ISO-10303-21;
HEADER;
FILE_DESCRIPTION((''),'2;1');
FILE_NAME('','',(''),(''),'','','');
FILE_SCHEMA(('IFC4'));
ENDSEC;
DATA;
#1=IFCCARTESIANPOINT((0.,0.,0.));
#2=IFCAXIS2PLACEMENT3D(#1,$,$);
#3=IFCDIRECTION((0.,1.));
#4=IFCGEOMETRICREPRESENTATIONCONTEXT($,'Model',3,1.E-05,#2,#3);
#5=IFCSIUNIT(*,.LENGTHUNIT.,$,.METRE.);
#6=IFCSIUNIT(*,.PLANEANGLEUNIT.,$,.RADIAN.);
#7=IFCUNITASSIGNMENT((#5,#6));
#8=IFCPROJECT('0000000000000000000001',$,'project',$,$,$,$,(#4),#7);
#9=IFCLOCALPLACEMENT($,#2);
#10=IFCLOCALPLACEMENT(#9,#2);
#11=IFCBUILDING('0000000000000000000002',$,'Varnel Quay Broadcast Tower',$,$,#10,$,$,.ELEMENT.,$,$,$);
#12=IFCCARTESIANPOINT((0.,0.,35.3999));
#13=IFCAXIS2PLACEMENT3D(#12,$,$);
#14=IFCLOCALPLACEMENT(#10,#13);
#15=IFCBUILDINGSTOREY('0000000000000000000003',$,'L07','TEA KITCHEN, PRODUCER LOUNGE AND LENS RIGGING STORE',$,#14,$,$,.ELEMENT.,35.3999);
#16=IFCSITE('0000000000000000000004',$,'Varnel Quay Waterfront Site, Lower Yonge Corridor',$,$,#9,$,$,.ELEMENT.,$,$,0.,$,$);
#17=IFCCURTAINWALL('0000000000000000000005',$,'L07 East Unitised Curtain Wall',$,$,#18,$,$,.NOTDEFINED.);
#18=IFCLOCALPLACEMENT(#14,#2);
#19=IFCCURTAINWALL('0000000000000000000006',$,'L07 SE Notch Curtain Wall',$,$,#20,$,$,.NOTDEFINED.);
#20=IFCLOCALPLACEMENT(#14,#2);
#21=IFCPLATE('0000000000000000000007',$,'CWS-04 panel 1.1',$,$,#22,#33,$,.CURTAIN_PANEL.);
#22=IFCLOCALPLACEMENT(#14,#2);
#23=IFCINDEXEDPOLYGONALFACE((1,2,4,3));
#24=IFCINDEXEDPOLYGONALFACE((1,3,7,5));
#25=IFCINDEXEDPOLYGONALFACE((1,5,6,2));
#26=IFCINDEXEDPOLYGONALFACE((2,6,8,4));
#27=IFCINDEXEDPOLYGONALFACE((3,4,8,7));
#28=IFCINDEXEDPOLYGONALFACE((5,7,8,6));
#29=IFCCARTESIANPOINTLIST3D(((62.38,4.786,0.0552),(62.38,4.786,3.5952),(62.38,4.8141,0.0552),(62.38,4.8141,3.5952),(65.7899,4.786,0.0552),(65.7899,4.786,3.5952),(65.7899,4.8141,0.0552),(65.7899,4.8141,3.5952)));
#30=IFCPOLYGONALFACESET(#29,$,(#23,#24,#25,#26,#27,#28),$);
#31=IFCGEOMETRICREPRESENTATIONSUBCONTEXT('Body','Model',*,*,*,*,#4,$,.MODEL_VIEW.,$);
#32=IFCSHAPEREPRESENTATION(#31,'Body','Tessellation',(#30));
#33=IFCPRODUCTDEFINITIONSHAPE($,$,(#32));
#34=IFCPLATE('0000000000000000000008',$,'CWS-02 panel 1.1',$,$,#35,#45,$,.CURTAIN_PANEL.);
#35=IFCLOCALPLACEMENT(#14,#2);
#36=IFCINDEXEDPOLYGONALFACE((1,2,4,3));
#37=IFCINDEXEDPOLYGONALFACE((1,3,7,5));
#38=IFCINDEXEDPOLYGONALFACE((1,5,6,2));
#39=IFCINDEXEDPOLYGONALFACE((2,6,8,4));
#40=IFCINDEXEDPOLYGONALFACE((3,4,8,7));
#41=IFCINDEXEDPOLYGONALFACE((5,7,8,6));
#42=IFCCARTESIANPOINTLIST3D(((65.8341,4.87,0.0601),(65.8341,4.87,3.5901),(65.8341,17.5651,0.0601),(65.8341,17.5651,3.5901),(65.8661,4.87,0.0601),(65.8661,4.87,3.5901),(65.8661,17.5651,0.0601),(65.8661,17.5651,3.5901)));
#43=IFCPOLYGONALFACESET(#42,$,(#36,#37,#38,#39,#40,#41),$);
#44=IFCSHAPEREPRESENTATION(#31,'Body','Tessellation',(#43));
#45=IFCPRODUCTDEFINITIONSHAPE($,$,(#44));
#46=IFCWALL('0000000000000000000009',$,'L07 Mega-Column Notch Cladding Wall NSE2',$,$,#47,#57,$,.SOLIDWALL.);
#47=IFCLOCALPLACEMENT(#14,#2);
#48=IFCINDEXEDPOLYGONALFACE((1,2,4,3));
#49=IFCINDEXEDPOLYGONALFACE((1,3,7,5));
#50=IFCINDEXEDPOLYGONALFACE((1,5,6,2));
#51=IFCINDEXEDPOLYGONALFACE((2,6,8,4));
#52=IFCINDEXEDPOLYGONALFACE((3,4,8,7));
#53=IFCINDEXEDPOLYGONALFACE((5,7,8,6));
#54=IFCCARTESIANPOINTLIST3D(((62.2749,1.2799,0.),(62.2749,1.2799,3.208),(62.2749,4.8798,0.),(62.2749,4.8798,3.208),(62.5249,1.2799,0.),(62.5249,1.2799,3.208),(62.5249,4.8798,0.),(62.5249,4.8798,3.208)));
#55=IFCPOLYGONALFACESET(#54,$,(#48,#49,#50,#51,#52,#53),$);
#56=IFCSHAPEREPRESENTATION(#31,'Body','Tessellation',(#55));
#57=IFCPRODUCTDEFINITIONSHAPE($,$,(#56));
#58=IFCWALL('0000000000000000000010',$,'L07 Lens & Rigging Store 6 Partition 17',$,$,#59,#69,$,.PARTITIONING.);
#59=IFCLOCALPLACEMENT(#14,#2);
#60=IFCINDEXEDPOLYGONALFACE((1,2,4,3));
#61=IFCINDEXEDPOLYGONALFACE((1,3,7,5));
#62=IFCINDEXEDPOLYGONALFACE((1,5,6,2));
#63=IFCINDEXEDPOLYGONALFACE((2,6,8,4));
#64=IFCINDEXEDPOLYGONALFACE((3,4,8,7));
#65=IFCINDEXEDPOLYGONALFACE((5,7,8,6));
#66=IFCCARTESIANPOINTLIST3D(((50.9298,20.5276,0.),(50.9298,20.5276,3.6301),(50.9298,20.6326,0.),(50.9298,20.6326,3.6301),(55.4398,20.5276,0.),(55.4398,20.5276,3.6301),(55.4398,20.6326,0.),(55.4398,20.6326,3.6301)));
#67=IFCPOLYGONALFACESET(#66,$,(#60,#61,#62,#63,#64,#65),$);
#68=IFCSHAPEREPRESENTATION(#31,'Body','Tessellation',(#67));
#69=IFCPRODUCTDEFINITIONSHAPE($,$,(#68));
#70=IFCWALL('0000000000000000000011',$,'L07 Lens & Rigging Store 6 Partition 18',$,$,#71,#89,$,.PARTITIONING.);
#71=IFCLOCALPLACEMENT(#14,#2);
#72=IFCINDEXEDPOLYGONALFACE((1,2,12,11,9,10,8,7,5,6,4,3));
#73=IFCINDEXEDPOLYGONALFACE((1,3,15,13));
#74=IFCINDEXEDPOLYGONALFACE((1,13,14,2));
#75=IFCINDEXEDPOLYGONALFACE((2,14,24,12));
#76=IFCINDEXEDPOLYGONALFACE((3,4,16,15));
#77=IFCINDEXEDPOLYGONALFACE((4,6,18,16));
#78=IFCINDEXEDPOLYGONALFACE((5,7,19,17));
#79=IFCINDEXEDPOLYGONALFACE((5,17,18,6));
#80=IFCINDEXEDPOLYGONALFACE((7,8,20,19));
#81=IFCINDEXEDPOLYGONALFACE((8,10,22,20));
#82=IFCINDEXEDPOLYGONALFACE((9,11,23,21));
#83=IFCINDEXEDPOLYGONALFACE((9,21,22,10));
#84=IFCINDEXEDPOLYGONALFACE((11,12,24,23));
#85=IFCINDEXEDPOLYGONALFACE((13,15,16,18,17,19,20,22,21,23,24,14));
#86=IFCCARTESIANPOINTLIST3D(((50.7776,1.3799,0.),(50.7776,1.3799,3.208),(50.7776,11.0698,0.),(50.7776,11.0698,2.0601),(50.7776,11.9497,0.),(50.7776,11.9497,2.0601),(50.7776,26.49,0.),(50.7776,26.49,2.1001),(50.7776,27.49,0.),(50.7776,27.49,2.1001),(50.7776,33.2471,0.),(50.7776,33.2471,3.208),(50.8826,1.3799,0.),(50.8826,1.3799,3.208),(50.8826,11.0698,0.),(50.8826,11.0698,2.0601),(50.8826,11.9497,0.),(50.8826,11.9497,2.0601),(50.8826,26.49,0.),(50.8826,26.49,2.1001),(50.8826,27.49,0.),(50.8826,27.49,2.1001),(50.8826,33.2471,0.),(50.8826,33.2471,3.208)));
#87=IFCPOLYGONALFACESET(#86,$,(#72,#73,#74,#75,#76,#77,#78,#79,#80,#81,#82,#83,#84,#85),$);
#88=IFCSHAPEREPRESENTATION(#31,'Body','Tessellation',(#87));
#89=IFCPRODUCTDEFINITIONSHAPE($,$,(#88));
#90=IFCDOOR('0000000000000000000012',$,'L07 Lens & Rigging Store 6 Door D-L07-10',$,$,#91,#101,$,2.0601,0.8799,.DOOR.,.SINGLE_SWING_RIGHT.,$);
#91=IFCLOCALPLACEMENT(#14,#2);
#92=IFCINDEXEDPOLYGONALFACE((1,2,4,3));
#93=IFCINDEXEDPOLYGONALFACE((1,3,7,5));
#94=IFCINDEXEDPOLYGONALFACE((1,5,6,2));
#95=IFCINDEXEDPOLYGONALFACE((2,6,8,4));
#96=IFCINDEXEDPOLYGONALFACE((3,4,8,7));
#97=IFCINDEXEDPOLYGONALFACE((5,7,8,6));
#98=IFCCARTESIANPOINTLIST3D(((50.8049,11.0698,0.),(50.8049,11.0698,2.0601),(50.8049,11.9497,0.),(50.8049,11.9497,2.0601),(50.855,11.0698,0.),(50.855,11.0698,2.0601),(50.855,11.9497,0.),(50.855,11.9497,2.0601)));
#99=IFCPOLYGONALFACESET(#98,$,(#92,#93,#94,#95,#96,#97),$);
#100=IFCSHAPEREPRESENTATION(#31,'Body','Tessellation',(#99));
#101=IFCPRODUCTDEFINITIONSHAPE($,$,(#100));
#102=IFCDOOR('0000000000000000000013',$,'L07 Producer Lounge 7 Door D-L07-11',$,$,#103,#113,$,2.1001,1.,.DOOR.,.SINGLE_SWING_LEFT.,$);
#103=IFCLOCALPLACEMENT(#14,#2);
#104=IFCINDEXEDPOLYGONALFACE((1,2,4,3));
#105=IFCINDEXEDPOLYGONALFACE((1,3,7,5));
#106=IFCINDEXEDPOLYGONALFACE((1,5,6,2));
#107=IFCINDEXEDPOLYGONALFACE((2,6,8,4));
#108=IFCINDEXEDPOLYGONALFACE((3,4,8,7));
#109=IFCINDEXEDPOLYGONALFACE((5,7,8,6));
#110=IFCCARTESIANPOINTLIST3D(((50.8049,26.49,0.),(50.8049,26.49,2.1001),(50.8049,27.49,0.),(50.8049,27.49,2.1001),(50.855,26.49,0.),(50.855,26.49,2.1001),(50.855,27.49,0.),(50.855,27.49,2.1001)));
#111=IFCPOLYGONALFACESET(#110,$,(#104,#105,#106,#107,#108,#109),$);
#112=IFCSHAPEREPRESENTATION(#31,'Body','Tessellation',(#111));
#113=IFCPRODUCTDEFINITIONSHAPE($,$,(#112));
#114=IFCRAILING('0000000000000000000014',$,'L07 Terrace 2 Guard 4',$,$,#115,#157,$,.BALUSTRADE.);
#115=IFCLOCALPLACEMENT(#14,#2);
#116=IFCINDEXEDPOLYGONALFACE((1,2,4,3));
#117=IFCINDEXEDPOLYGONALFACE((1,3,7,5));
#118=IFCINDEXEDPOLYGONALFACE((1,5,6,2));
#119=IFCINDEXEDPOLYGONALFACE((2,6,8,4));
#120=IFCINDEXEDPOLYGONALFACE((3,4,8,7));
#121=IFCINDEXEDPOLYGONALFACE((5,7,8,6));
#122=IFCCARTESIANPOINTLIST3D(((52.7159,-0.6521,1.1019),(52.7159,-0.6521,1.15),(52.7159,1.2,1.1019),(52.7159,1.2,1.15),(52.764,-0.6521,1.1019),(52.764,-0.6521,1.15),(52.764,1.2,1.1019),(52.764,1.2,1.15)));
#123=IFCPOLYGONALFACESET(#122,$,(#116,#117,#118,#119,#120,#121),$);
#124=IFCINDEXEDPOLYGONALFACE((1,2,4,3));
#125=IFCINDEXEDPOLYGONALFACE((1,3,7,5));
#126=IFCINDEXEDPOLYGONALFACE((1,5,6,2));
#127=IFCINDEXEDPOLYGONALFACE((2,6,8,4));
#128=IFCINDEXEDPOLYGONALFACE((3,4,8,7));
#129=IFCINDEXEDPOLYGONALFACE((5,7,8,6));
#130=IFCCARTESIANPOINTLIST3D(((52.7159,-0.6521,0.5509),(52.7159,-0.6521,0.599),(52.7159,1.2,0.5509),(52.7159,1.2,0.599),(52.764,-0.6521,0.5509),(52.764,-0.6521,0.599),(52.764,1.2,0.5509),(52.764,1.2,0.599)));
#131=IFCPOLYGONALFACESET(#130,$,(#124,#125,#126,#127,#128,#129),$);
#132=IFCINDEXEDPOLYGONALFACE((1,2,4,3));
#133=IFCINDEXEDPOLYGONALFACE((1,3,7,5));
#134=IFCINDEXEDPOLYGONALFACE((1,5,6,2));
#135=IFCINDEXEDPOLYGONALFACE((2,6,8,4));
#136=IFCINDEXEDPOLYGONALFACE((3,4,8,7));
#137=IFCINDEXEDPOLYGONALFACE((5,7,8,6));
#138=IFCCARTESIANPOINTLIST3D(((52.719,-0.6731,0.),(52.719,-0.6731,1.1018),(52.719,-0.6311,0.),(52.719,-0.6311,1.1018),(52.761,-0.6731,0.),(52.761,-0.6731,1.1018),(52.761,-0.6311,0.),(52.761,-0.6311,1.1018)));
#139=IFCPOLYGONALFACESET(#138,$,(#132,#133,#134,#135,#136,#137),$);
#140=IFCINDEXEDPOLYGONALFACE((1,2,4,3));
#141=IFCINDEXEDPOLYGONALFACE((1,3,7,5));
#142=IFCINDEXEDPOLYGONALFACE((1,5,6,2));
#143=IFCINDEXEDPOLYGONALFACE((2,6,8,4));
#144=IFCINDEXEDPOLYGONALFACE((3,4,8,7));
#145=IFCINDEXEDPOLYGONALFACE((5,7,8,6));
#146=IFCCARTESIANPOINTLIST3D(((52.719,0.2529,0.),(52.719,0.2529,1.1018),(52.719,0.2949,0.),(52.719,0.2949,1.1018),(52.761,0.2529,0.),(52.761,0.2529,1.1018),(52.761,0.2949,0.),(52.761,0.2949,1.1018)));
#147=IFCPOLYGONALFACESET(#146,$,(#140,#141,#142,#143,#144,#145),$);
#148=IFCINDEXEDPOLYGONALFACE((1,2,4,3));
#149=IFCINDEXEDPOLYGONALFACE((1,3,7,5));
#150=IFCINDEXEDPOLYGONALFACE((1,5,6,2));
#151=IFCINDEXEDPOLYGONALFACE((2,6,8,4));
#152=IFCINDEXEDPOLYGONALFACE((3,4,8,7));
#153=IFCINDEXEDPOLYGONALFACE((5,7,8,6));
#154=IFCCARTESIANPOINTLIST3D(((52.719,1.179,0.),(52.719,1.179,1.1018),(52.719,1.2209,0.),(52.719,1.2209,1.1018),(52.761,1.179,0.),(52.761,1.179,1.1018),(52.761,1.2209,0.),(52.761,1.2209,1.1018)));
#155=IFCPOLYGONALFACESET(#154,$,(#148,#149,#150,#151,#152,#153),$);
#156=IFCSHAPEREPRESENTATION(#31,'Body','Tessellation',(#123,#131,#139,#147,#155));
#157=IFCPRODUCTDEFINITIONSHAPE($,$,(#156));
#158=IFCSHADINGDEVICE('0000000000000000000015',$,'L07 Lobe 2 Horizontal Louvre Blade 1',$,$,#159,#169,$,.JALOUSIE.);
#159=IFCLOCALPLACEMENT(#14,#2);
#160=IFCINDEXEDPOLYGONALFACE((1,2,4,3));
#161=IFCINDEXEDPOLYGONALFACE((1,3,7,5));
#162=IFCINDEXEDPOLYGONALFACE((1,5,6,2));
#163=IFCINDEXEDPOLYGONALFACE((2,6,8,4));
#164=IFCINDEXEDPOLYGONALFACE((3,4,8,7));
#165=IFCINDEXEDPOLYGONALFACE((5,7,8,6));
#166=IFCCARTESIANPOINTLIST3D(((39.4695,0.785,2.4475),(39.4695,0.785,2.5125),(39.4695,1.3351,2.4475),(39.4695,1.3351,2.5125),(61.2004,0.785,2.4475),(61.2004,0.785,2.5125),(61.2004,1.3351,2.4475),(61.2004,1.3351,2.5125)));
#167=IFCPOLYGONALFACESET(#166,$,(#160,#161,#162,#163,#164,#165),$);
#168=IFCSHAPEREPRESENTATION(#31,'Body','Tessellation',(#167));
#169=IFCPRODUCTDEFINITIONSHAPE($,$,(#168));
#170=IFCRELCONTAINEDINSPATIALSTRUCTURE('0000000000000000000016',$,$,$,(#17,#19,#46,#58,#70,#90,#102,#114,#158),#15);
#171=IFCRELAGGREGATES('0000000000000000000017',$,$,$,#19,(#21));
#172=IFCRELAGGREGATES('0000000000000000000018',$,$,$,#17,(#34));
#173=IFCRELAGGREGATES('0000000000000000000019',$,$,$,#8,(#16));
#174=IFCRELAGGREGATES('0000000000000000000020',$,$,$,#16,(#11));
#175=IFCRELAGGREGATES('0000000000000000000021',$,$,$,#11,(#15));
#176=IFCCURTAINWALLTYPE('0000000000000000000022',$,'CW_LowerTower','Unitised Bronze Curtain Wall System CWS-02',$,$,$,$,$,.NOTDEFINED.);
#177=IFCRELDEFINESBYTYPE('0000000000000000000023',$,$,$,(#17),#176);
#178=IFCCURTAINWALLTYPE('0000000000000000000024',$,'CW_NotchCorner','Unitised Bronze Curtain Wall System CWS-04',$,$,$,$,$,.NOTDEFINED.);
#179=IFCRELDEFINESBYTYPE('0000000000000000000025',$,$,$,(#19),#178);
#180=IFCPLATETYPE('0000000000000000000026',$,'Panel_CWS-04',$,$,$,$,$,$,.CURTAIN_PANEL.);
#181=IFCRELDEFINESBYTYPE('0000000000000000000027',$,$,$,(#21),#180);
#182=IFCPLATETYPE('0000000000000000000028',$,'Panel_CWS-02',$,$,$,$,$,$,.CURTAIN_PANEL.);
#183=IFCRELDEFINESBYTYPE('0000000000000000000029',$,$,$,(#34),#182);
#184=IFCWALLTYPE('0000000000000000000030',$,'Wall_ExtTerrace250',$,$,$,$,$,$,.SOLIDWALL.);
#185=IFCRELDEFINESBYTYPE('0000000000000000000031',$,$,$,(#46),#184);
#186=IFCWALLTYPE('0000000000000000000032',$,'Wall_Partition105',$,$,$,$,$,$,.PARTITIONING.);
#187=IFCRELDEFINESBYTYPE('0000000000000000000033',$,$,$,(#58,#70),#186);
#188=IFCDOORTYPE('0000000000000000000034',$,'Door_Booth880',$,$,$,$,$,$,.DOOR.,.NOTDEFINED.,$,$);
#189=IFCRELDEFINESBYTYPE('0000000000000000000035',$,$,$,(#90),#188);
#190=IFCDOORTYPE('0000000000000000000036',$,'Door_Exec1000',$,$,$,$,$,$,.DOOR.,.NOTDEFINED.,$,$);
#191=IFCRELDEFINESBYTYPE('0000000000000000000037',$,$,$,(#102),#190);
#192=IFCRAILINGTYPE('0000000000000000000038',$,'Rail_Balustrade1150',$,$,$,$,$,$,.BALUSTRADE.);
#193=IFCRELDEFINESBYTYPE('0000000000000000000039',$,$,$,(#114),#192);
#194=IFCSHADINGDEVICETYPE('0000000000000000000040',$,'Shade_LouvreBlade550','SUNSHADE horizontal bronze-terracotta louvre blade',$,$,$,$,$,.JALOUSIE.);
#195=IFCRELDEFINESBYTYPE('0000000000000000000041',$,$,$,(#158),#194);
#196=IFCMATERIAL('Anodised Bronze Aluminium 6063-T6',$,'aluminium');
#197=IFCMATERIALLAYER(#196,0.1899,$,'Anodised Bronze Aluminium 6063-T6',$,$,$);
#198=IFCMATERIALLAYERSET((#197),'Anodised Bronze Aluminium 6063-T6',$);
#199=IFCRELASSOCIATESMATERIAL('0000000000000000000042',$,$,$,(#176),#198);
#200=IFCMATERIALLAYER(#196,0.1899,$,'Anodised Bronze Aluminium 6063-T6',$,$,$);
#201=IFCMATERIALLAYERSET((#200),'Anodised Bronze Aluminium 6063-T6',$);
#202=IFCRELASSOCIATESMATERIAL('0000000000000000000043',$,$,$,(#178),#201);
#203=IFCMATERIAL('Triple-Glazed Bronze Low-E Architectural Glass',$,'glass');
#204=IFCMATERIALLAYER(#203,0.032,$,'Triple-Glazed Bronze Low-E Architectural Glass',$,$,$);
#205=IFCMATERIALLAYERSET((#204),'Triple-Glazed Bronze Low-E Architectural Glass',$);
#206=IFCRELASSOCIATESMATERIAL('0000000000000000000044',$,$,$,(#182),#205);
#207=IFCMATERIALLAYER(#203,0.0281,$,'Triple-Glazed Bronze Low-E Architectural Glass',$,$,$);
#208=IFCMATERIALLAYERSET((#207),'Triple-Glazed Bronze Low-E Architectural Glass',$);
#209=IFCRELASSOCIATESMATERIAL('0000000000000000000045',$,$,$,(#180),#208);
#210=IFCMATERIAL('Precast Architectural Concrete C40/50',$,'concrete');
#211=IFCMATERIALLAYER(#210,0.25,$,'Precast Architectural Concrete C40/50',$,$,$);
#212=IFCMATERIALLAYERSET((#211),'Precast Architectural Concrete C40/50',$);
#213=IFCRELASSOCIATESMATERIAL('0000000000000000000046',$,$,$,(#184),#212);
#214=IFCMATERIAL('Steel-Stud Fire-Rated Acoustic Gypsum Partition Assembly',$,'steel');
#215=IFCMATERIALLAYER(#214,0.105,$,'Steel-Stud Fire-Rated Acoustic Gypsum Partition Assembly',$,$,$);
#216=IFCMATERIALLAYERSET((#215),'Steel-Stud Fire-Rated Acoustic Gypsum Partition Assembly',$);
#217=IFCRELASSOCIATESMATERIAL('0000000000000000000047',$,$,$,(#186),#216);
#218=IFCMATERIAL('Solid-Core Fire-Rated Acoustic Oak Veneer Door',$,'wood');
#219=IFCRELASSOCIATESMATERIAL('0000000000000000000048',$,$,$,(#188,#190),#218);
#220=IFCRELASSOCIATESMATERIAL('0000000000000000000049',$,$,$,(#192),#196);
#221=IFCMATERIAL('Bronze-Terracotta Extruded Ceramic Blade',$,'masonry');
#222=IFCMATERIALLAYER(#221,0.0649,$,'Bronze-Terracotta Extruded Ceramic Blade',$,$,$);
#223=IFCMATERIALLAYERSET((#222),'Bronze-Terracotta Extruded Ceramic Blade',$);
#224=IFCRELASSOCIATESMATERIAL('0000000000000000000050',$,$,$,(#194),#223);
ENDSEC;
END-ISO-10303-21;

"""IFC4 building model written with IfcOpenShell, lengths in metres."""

from ifc_helpers import new_model, si_unit, direction, frame, frame_2d, origin, origin_2d, place, context, subcontext, project, spatial, rectangle, extrude, source, transform, mapped, material, layer, layer_set, type_object, type_shapes, element, fill, aggregate, save


model = new_model("IFC4")

# Units and contexts
model_context = context("Model", 3, precision=1e-05, world=origin(), true_north=direction((0.0, 1.0)))
body_context = subcontext(model_context, "Body", "Model", "MODEL_VIEW")
ifc_project = project(units=[si_unit("LENGTHUNIT", "METRE"), si_unit("PLANEANGLEUNIT", "RADIAN")], contexts=[model_context])

# Site, building, storey
site_placement = place(None, origin())
site = spatial("IfcSite", under=ifc_project, at=site_placement, Name="Varnel Quay Waterfront Site, Lower Yonge Corridor", CompositionType="ELEMENT", RefElevation=0.0)
building_placement = place(site_placement, origin())
building = spatial("IfcBuilding", under=site, at=building_placement, Name="Varnel Quay Broadcast Tower", CompositionType="ELEMENT")
storey_placement = place(building_placement, frame((0.0, 0.0, 35.3999)))
storey = spatial("IfcBuildingStorey", under=building, at=storey_placement, Name="L07", Description="TEA KITCHEN, PRODUCER LOUNGE AND LENS RIGGING STORE", CompositionType="ELEMENT", Elevation=35.3999)

# Curtain walls
ifc_material_1 = material(Name="Anodised Bronze Aluminium 6063-T6", Category="aluminium")
ifc_layer_1 = layer(ifc_material_1, 0.1899, Name="Anodised Bronze Aluminium 6063-T6")
ifc_layer_set_1 = layer_set([ifc_layer_1], Name="Anodised Bronze Aluminium 6063-T6")
curtain_wall_type_1 = type_object("IfcCurtainWallType", Name="CW_LowerTower", Description="Unitised Bronze Curtain Wall System CWS-02", PredefinedType="NOTDEFINED", material=ifc_layer_set_1)
curtain_wall_1_placement = place(storey_placement, origin())
curtain_wall_1 = element("IfcCurtainWall", 1, at=curtain_wall_1_placement, inside=storey, type_object=curtain_wall_type_1, Name="L07 East Unitised Curtain Wall", PredefinedType="NOTDEFINED")
ifc_layer_2 = layer(ifc_material_1, 0.1899, Name="Anodised Bronze Aluminium 6063-T6")
ifc_layer_set_2 = layer_set([ifc_layer_2], Name="Anodised Bronze Aluminium 6063-T6")
curtain_wall_type_2 = type_object("IfcCurtainWallType", Name="CW_NotchCorner", Description="Unitised Bronze Curtain Wall System CWS-04", PredefinedType="NOTDEFINED", material=ifc_layer_set_2)
curtain_wall_2_placement = place(storey_placement, origin())
curtain_wall_2 = element("IfcCurtainWall", 2, at=curtain_wall_2_placement, inside=storey, type_object=curtain_wall_type_2, Name="L07 SE Notch Curtain Wall", PredefinedType="NOTDEFINED")

# Plates
ifc_material_2 = material(Name="Triple-Glazed Bronze Low-E Architectural Glass", Category="glass")
ifc_layer_3 = layer(ifc_material_2, 0.032, Name="Triple-Glazed Bronze Low-E Architectural Glass")
ifc_layer_set_3 = layer_set([ifc_layer_3], Name="Triple-Glazed Bronze Low-E Architectural Glass")
plate_type_1 = type_object("IfcPlateType", Name="Panel_CWS-02", PredefinedType="CURTAIN_PANEL", material=ifc_layer_set_3)
ifc_layer_4 = layer(ifc_material_2, 0.0281, Name="Triple-Glazed Bronze Low-E Architectural Glass")
ifc_layer_set_4 = layer_set([ifc_layer_4], Name="Triple-Glazed Bronze Low-E Architectural Glass")
plate_type_2 = type_object("IfcPlateType", Name="Panel_CWS-04", PredefinedType="CURTAIN_PANEL", material=ifc_layer_set_4)
shared_shape_1 = source(origin(), body_context, "Body", "SweptSolid", [
    extrude(rectangle(XDim=3.4099, YDim=0.0281, at=origin_2d()), origin(), (0.0, 0.0, 1.0), 3.54),
])
type_shapes(plate_type_2, [shared_shape_1])
plate_1_placement = place(storey_placement, frame((64.085, 4.8, 0.0552), z_axis=(0.0, 0.0, 1.0), x_axis=(1.0, 0.0, 0.0)))
plate_1 = element("IfcPlate", 3, at=plate_1_placement, type_object=plate_type_2, Name="CWS-04 panel 1.1", PredefinedType="CURTAIN_PANEL", context=body_context, shape_type="MappedRepresentation", body=[
    mapped(shared_shape_1, transform((0.0, 0.0, 0.0), x_axis=(1.0, 0.0, 0.0), y_axis=(0.0, 1.0, 0.0), z_axis=(0.0, 0.0, 1.0), scale=1.0)),
])
aggregate(curtain_wall_2, [plate_1])
shared_shape_2 = source(origin(), body_context, "Body", "SweptSolid", [
    extrude(rectangle(XDim=12.6951, YDim=0.032, at=origin_2d()), origin(), (0.0, 0.0, 1.0), 3.53),
])
plate_2_placement = place(storey_placement, frame((65.8501, 11.2175, 0.0601), z_axis=(0.0, 0.0, 1.0), x_axis=(0.0, 1.0, 0.0)))
plate_2 = element("IfcPlate", 4, at=plate_2_placement, type_object=plate_type_1, Name="CWS-02 panel 1.1", PredefinedType="CURTAIN_PANEL", context=body_context, shape_type="MappedRepresentation", body=[
    mapped(shared_shape_2, transform((0.0, 0.0, 0.0), x_axis=(1.0, 0.0, 0.0), y_axis=(0.0, 1.0, 0.0), z_axis=(0.0, 0.0, 1.0), scale=1.0)),
])
aggregate(curtain_wall_1, [plate_2])

# Walls
ifc_material_3 = material(Name="Precast Architectural Concrete C40/50", Category="concrete")
ifc_layer_5 = layer(ifc_material_3, 0.25, Name="Precast Architectural Concrete C40/50")
ifc_layer_set_5 = layer_set([ifc_layer_5], Name="Precast Architectural Concrete C40/50")
wall_type_1 = type_object("IfcWallType", Name="Wall_ExtTerrace250", PredefinedType="SOLIDWALL", material=ifc_layer_set_5)
wall_1_placement = place(storey_placement, frame((62.3999, 1.28, 0.0), z_axis=(0.0, 0.0, 1.0), x_axis=(0.0, 1.0, 0.0)))
element("IfcWall", 5, at=wall_1_placement, inside=storey, type_object=wall_type_1, Name="L07 Mega-Column Notch Cladding Wall NSE2", PredefinedType="SOLIDWALL", context=body_context, shape_type="SweptSolid", body=[
    extrude(rectangle(XDim=3.5999, YDim=0.25, at=frame_2d((1.7998, 0.0))), origin(), (0.0, 0.0, 1.0), 3.208),
])
ifc_material_4 = material(Name="Steel-Stud Fire-Rated Acoustic Gypsum Partition Assembly", Category="steel")
ifc_layer_6 = layer(ifc_material_4, 0.105, Name="Steel-Stud Fire-Rated Acoustic Gypsum Partition Assembly")
ifc_layer_set_6 = layer_set([ifc_layer_6], Name="Steel-Stud Fire-Rated Acoustic Gypsum Partition Assembly")
wall_type_2 = type_object("IfcWallType", Name="Wall_Partition105", PredefinedType="PARTITIONING", material=ifc_layer_set_6)
wall_2_placement = place(storey_placement, frame((50.9299, 20.5801, 0.0), z_axis=(0.0, 0.0, 1.0), x_axis=(1.0, 0.0, 0.0)))
element("IfcWall", 6, at=wall_2_placement, inside=storey, type_object=wall_type_2, Name="L07 Lens & Rigging Store 6 Partition 17", PredefinedType="PARTITIONING", context=body_context, shape_type="SweptSolid", body=[
    extrude(rectangle(XDim=4.51, YDim=0.105, at=frame_2d((2.2549, 0.0))), origin(), (0.0, 0.0, 1.0), 3.6301),
])

# Wall, openings, doors
wall_3_placement = place(storey_placement, frame((50.8301, 1.3799, 0.0), z_axis=(0.0, 0.0, 1.0), x_axis=(0.0, 1.0, 0.0)))
wall_3 = element("IfcWall", 7, at=wall_3_placement, inside=storey, type_object=wall_type_2, Name="L07 Lens & Rigging Store 6 Partition 18", PredefinedType="PARTITIONING", context=body_context, shape_type="SweptSolid", body=[
    extrude(rectangle(XDim=31.8672, YDim=0.105, at=frame_2d((15.9336, 0.0))), origin(), (0.0, 0.0, 1.0), 3.208),
])
opening_1_placement = place(wall_3_placement, frame((9.6899, 0.0, 0.0)))
opening_1 = element("IfcOpeningElement", 8, at=opening_1_placement, cuts=wall_3, PredefinedType="OPENING", context=body_context, shape_type="SweptSolid", body=[
    extrude(rectangle(XDim=0.8799, YDim=2.0601, at=frame_2d((0.4399, 1.03))), frame((0.0, 0.0625, 0.0), z_axis=(0.0, -1.0, 0.0), x_axis=(1.0, 0.0, 0.0)), (0.0, 0.0, 1.0), 0.125),
])
opening_2_placement = place(wall_3_placement, frame((25.1101, 0.0, 0.0)))
opening_2 = element("IfcOpeningElement", 9, at=opening_2_placement, cuts=wall_3, PredefinedType="OPENING", context=body_context, shape_type="SweptSolid", body=[
    extrude(rectangle(XDim=1.0, YDim=2.1001, at=frame_2d((0.5, 1.05))), frame((0.0, 0.0625, 0.0), z_axis=(0.0, -1.0, 0.0), x_axis=(1.0, 0.0, 0.0)), (0.0, 0.0, 1.0), 0.125),
])
ifc_material_5 = material(Name="Solid-Core Fire-Rated Acoustic Oak Veneer Door", Category="wood")
door_type_1 = type_object("IfcDoorType", Name="Door_Booth880", OperationType="NOTDEFINED", PredefinedType="DOOR", material=ifc_material_5)
shared_shape_3 = source(origin(), body_context, "Body", "SweptSolid", [
    extrude(rectangle(XDim=0.8799, YDim=2.0601, at=frame_2d((0.4399, 1.03))), frame((0.0, 0.0249, 0.0), z_axis=(0.0, -1.0, 0.0), x_axis=(1.0, 0.0, 0.0)), (0.0, 0.0, 1.0), 0.05),
])
type_shapes(door_type_1, [shared_shape_3])
door_1_placement = place(opening_1_placement, frame((0.8799, 0.0, 0.0), z_axis=(0.0, 0.0, 1.0), x_axis=(-1.0, 0.0, 0.0)))
door_1 = element("IfcDoor", 10, at=door_1_placement, inside=storey, type_object=door_type_1, Name="L07 Lens & Rigging Store 6 Door D-L07-10", OperationType="SINGLE_SWING_RIGHT", OverallHeight=2.0601, OverallWidth=0.8799, PredefinedType="DOOR", context=body_context, shape_type="MappedRepresentation", body=[
    mapped(shared_shape_3, transform((0.0, 0.0, 0.0), x_axis=(1.0, 0.0, 0.0), y_axis=(0.0, 1.0, 0.0), z_axis=(0.0, 0.0, 1.0), scale=1.0)),
])
fill(opening_1, door_1)
door_type_2 = type_object("IfcDoorType", Name="Door_Exec1000", OperationType="NOTDEFINED", PredefinedType="DOOR", material=ifc_material_5)
shared_shape_4 = source(origin(), body_context, "Body", "SweptSolid", [
    extrude(rectangle(XDim=1.0, YDim=2.1001, at=frame_2d((0.5, 1.05))), frame((0.0, 0.0249, 0.0), z_axis=(0.0, -1.0, 0.0), x_axis=(1.0, 0.0, 0.0)), (0.0, 0.0, 1.0), 0.05),
])
type_shapes(door_type_2, [shared_shape_4])
door_2_placement = place(opening_2_placement, frame((1.0, 0.0, 0.0), z_axis=(0.0, 0.0, 1.0), x_axis=(-1.0, 0.0, 0.0)))
door_2 = element("IfcDoor", 11, at=door_2_placement, inside=storey, type_object=door_type_2, Name="L07 Producer Lounge 7 Door D-L07-11", OperationType="SINGLE_SWING_LEFT", OverallHeight=2.1001, OverallWidth=1.0, PredefinedType="DOOR", context=body_context, shape_type="MappedRepresentation", body=[
    mapped(shared_shape_4, transform((0.0, 0.0, 0.0), x_axis=(1.0, 0.0, 0.0), y_axis=(0.0, 1.0, 0.0), z_axis=(0.0, 0.0, 1.0), scale=1.0)),
])
fill(opening_2, door_2)

# Railing
railing_type = type_object("IfcRailingType", Name="Rail_Balustrade1150", PredefinedType="BALUSTRADE", material=ifc_material_1)
railing_placement = place(storey_placement, frame((52.74, -0.6521, 0.0)))
element("IfcRailing", 12, at=railing_placement, inside=storey, type_object=railing_type, Name="L07 Terrace 2 Guard 4", PredefinedType="BALUSTRADE", context=body_context, shape_type="SweptSolid", body=[
    extrude(rectangle(XDim=0.0481, YDim=0.0481, at=origin_2d()), frame((0.0, 0.0, 1.126), z_axis=(0.0, 1.0, 0.0), x_axis=(-1.0, 0.0, 0.0)), (0.0, 0.0, 1.0), 1.8521),
    extrude(rectangle(XDim=0.0481, YDim=0.0481, at=origin_2d()), frame((0.0, 0.0, 0.575), z_axis=(0.0, 1.0, 0.0), x_axis=(-1.0, 0.0, 0.0)), (0.0, 0.0, 1.0), 1.8521),
    extrude(rectangle(XDim=0.042, YDim=0.042, at=origin_2d()), origin(), (0.0, 0.0, 1.0), 1.1018),
    extrude(rectangle(XDim=0.042, YDim=0.042, at=origin_2d()), frame((0.0, 0.926, 0.0)), (0.0, 0.0, 1.0), 1.1018),
    extrude(rectangle(XDim=0.042, YDim=0.042, at=origin_2d()), frame((0.0, 1.8521, 0.0)), (0.0, 0.0, 1.0), 1.1018),
])

# Shading device
ifc_material_6 = material(Name="Bronze-Terracotta Extruded Ceramic Blade", Category="masonry")
ifc_layer_7 = layer(ifc_material_6, 0.0649, Name="Bronze-Terracotta Extruded Ceramic Blade")
ifc_layer_set_7 = layer_set([ifc_layer_7], Name="Bronze-Terracotta Extruded Ceramic Blade")
shading_device_type = type_object("IfcShadingDeviceType", Name="Shade_LouvreBlade550", Description="SUNSHADE horizontal bronze-terracotta louvre blade", PredefinedType="JALOUSIE", material=ifc_layer_set_7)
shared_shape_5 = source(origin(), body_context, "Body", "SweptSolid", [
    extrude(rectangle(XDim=21.731, YDim=0.55, at=origin_2d()), origin(), (0.0, 0.0, 1.0), 0.0649),
])
type_shapes(shading_device_type, [shared_shape_5])
for number, where, z_axis, x_axis, name in (
    (13, (50.335, 1.0601, 2.4475), (0.0, 0.0, 1.0), (1.0, 0.0, 0.0), "L07 Lobe 2 Horizontal Louvre Blade 1"),
):
    element("IfcShadingDevice", number, at=place(storey_placement, frame(where, z_axis=z_axis, x_axis=x_axis)), inside=storey, type_object=shading_device_type, Name=name, PredefinedType="JALOUSIE", context=body_context, shape_type="MappedRepresentation", body=[
        mapped(shared_shape_5, transform((0.0, 0.0, 0.0), x_axis=(1.0, 0.0, 0.0), y_axis=(0.0, 1.0, 0.0), z_axis=(0.0, 0.0, 1.0), scale=1.0)),
    ])

save(model, "model.ifc")
